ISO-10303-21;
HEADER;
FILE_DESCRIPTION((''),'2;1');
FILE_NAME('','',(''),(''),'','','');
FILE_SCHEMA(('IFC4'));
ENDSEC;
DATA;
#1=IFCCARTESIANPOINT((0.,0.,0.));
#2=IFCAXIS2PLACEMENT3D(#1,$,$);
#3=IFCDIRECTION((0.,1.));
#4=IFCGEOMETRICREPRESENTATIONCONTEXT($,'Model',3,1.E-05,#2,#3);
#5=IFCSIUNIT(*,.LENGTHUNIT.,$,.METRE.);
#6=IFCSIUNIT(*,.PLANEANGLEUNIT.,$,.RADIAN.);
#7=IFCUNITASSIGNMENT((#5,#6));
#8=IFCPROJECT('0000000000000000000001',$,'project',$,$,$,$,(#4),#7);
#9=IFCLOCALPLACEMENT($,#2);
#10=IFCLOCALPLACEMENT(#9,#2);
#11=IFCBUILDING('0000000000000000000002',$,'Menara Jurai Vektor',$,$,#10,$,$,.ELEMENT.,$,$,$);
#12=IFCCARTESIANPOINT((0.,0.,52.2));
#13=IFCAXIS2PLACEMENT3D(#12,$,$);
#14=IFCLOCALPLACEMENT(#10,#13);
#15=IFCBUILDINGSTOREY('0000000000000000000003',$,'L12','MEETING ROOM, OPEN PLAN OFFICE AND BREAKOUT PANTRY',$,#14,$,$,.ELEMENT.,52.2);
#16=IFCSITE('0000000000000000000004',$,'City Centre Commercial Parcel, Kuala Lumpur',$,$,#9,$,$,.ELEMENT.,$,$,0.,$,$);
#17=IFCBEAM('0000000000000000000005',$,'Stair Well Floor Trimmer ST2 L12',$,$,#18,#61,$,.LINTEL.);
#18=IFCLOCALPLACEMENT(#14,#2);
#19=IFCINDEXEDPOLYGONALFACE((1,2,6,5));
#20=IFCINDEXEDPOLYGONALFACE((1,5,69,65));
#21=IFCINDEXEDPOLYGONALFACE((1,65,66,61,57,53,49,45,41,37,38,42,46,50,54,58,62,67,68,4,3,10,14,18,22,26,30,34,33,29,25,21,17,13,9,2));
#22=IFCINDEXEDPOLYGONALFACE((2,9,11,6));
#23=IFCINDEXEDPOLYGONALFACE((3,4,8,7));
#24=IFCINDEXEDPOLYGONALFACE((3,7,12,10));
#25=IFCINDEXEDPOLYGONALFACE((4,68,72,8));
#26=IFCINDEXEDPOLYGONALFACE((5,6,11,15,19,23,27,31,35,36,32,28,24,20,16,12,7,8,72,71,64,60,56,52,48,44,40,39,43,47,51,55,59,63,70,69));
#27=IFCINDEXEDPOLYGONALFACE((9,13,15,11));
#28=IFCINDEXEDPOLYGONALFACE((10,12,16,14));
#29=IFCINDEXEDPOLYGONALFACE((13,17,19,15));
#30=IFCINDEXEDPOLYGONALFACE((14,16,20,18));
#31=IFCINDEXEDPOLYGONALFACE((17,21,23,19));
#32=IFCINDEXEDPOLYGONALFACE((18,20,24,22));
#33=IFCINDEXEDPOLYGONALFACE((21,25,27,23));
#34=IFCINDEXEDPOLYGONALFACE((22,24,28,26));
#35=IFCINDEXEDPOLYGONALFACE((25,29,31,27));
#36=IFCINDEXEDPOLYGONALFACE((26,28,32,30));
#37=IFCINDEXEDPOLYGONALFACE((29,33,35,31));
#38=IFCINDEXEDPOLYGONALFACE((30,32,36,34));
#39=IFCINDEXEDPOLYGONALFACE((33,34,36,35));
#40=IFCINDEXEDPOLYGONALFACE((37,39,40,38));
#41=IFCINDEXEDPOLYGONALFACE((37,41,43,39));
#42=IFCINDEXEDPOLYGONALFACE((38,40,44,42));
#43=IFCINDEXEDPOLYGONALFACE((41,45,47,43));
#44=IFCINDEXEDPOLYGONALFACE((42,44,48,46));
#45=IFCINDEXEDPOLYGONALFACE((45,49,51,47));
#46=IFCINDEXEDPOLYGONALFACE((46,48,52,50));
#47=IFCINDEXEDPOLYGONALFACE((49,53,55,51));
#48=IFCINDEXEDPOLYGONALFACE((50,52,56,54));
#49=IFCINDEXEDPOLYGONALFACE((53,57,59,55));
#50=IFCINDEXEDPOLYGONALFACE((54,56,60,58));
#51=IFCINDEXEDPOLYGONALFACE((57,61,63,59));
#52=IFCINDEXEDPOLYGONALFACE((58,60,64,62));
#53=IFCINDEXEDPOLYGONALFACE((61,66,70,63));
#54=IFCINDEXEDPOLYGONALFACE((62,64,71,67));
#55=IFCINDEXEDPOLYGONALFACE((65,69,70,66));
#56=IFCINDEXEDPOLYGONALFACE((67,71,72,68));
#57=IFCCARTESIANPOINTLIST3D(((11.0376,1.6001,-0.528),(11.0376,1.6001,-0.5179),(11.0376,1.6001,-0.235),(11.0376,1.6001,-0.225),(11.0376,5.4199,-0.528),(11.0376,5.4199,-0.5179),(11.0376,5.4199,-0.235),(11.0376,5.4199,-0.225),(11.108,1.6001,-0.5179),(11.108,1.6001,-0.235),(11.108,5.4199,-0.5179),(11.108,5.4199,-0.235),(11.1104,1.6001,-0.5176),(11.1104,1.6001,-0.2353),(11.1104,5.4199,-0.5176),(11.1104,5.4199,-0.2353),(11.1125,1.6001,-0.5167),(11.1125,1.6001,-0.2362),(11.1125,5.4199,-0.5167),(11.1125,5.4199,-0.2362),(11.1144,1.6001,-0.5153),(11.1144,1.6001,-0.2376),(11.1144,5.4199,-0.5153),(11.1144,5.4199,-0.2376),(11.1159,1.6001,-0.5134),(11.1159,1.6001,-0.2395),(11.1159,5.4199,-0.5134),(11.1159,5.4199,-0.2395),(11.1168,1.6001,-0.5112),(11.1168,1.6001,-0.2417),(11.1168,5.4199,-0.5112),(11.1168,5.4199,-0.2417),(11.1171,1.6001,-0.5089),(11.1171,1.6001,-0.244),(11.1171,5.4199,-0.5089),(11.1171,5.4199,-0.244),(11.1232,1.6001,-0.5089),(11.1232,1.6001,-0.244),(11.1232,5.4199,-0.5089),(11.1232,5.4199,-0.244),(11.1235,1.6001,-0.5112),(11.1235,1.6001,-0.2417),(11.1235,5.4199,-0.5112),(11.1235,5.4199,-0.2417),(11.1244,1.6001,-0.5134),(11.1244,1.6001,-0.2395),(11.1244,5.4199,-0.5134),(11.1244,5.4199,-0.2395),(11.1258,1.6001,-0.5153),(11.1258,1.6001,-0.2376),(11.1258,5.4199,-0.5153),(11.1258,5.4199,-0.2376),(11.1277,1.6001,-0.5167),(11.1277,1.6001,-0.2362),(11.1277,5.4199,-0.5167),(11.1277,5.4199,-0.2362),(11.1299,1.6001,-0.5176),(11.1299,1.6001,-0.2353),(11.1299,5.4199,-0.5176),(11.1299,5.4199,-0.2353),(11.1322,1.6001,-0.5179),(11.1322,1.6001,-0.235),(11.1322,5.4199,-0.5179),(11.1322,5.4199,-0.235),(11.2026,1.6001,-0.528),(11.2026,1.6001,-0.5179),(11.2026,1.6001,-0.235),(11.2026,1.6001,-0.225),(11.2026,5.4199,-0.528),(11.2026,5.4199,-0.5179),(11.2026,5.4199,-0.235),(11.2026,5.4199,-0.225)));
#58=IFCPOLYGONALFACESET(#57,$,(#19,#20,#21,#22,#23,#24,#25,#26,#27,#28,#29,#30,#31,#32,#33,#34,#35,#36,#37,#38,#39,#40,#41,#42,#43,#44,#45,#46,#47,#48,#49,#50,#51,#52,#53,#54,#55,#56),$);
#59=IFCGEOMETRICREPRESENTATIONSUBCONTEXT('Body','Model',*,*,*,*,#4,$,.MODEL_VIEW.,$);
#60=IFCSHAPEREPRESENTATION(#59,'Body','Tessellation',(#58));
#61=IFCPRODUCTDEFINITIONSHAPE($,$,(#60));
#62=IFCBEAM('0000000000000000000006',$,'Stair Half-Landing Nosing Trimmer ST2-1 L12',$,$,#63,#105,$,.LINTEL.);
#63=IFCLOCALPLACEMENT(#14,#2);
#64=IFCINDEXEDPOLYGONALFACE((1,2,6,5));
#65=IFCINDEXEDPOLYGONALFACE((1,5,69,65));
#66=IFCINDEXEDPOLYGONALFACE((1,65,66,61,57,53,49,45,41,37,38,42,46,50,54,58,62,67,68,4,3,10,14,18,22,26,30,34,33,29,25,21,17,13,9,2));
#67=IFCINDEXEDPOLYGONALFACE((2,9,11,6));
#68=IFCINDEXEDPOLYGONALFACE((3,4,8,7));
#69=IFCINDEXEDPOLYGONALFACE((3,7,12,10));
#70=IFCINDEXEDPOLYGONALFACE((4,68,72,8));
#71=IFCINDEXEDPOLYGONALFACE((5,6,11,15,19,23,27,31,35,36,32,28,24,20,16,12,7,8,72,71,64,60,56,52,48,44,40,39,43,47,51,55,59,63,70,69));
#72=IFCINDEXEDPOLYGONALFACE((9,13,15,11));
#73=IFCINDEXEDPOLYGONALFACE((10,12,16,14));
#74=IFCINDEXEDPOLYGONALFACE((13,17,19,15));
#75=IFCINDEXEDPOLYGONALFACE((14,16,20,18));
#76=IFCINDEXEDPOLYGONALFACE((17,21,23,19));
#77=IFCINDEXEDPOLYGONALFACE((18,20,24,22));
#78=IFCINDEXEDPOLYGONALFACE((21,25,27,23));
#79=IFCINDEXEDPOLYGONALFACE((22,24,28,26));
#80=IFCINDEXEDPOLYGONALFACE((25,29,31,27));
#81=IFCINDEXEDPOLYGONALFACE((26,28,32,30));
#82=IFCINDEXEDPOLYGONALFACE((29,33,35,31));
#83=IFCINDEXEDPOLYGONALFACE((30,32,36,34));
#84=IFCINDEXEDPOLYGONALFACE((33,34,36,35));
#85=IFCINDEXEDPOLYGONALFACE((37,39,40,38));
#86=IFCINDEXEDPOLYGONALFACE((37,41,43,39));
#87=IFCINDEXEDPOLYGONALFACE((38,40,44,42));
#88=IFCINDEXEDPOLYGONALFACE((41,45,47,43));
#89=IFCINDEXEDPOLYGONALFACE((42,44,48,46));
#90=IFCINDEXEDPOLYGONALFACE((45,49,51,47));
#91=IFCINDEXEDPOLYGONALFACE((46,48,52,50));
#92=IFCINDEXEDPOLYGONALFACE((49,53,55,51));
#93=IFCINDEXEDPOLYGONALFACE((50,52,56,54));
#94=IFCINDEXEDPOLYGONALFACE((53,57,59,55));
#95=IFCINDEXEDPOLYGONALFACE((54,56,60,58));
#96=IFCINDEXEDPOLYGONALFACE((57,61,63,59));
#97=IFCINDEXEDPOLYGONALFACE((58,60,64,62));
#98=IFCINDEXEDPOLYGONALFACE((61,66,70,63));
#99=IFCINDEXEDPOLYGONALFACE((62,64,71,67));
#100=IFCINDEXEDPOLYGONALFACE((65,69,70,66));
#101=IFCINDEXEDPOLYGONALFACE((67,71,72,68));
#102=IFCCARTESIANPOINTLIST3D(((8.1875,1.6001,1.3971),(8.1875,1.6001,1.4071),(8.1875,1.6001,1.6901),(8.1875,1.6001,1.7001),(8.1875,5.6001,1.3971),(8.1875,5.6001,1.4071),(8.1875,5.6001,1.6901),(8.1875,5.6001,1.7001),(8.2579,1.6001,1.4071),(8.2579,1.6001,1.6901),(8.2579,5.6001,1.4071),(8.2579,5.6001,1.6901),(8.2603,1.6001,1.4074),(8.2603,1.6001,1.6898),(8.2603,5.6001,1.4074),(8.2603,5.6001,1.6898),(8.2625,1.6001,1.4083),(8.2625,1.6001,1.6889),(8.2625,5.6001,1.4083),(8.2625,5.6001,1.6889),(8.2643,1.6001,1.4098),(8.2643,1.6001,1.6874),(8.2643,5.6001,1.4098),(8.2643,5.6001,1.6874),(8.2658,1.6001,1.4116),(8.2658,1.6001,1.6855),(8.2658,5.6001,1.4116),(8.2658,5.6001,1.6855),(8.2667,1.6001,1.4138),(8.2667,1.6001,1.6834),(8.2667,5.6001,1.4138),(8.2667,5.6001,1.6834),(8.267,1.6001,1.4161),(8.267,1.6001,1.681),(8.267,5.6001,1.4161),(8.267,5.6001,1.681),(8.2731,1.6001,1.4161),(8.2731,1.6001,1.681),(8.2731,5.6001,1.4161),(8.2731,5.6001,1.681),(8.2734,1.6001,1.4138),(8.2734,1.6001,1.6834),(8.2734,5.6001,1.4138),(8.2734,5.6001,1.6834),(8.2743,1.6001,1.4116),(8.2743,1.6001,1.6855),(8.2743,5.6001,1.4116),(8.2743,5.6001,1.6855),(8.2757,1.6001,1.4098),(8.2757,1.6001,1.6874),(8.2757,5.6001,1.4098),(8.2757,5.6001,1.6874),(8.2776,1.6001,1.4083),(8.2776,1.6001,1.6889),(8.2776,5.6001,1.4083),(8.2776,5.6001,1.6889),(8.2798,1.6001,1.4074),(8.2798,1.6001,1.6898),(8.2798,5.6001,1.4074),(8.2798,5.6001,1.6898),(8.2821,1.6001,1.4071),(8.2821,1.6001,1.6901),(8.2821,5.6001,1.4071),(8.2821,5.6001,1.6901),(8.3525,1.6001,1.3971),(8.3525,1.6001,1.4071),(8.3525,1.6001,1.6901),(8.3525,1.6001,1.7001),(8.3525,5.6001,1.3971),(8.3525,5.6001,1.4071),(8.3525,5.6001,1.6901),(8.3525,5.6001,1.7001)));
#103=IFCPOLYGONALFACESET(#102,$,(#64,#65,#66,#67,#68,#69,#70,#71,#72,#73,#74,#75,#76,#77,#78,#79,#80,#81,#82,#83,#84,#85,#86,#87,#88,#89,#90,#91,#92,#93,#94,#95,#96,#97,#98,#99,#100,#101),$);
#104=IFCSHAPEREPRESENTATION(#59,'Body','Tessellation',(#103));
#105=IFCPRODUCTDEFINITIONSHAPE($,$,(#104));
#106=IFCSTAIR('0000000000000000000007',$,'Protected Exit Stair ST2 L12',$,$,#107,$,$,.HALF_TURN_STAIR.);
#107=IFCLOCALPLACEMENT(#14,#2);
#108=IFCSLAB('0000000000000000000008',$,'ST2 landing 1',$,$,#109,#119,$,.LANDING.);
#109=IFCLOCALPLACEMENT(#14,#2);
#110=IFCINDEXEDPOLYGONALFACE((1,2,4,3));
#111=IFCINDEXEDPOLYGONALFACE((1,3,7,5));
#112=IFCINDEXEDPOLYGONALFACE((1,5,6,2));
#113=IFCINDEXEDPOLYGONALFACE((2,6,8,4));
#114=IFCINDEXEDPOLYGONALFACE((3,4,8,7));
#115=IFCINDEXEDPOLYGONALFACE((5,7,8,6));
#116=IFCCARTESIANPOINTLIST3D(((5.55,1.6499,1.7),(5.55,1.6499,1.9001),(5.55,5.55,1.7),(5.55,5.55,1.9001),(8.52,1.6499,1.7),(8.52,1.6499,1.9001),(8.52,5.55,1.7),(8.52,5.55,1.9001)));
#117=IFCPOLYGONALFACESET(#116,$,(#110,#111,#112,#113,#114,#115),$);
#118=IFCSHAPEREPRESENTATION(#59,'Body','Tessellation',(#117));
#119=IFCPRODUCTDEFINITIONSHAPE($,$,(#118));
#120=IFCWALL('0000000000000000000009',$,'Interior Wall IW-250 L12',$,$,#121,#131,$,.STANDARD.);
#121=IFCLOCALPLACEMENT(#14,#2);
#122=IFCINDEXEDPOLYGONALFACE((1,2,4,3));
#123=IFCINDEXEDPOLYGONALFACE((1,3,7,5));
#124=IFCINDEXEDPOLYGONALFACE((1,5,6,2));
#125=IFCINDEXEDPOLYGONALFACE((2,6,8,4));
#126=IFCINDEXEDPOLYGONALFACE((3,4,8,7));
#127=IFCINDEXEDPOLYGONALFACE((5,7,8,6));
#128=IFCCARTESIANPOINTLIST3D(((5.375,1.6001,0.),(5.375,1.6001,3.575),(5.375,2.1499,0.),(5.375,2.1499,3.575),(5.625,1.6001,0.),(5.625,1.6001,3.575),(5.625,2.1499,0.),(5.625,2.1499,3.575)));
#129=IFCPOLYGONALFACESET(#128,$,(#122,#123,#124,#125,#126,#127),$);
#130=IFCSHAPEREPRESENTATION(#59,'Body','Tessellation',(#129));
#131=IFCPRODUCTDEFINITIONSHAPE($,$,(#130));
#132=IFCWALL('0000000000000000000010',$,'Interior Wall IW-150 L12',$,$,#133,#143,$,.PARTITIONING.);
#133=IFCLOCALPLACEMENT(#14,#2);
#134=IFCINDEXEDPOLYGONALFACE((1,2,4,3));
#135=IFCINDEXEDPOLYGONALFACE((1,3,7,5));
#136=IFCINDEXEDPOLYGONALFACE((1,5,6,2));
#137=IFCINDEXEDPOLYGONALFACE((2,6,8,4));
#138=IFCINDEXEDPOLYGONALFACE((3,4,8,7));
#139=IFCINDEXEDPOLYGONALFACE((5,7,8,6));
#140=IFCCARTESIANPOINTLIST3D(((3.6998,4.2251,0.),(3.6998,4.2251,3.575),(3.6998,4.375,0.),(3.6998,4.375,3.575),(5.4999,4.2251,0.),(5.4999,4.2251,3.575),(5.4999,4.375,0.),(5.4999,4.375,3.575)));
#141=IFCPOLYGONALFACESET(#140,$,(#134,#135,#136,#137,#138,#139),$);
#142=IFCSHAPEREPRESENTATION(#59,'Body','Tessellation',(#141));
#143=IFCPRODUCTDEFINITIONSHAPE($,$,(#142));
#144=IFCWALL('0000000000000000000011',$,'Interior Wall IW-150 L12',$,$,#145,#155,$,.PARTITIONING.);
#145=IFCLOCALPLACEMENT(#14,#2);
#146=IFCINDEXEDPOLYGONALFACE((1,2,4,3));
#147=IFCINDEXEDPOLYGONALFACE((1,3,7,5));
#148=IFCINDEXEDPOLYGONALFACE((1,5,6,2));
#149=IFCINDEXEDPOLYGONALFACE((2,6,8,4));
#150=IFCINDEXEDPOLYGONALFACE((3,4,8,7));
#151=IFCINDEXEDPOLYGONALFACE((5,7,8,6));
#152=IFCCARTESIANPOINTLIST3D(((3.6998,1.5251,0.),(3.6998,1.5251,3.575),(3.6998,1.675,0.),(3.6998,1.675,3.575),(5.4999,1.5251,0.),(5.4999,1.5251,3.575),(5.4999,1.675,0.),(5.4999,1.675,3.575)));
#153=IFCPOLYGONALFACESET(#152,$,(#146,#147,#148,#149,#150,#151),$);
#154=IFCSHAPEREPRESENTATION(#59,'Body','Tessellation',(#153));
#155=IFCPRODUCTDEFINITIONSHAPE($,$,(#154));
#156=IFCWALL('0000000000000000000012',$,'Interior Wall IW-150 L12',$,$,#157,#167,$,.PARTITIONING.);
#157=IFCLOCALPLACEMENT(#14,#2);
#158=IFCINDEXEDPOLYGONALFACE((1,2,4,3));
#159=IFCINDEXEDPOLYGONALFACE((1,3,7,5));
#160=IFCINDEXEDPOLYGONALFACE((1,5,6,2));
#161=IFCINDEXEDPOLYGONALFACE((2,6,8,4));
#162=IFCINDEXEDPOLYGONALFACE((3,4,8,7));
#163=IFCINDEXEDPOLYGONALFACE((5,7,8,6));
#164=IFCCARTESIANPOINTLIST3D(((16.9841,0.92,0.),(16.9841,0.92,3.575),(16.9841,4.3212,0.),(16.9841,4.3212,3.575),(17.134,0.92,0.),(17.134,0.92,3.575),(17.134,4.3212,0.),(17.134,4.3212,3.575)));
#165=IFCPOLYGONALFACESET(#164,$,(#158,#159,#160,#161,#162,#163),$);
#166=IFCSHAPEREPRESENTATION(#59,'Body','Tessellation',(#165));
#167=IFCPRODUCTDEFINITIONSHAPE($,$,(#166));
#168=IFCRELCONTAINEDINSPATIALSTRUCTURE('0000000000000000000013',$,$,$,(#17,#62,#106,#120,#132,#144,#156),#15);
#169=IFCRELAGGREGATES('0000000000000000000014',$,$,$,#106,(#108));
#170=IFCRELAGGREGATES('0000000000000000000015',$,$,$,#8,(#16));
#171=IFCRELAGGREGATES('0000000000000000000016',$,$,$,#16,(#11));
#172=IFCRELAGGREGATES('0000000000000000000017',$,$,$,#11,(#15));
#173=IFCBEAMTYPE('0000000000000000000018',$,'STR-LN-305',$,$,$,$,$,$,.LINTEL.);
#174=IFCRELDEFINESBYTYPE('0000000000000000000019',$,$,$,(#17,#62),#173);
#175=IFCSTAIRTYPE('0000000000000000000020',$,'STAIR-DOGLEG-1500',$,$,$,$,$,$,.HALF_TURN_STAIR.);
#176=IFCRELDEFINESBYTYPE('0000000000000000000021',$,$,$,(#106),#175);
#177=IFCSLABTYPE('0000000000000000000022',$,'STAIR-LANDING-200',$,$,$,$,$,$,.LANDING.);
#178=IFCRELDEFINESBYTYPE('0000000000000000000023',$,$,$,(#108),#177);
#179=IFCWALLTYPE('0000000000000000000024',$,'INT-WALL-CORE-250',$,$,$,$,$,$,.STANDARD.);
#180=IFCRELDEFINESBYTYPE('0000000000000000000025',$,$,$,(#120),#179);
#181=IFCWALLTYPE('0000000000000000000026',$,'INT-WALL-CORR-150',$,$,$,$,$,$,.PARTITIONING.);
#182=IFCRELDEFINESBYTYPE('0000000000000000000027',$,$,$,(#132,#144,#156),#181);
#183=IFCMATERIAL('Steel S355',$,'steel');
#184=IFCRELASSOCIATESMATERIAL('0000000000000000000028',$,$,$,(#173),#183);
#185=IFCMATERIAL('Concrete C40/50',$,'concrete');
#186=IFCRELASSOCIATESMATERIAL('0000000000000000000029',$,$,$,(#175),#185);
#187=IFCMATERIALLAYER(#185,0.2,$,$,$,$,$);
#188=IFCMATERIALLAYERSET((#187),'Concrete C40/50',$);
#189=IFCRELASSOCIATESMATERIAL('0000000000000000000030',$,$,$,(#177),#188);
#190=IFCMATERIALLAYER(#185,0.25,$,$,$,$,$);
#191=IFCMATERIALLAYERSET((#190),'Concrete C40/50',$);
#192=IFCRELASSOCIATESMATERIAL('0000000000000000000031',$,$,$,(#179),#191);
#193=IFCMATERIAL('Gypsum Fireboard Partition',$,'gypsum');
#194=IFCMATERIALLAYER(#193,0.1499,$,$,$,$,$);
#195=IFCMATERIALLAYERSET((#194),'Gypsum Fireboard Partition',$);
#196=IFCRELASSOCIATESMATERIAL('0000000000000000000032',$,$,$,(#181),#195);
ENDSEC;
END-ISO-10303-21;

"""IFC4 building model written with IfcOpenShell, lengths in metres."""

from ifc_helpers import new_model, si_unit, direction, frame, frame_2d, origin, origin_2d, place, context, subcontext, project, spatial, polyline, rectangle, i_section, outline, extrude, material, layer, layer_set, material_profile, profile_set, type_object, element, aggregate, save


model = new_model("IFC4")

# Units and contexts
model_context = context("Model", 3, precision=1e-05, world=origin(), true_north=direction((0.0, 1.0)))
body_context = subcontext(model_context, "Body", "Model", "MODEL_VIEW")
ifc_project = project(units=[si_unit("LENGTHUNIT", "METRE"), si_unit("PLANEANGLEUNIT", "RADIAN")], contexts=[model_context])

# Site, building, storey
site_placement = place(None, origin())
site = spatial("IfcSite", under=ifc_project, at=site_placement, Name="City Centre Commercial Parcel, Kuala Lumpur", CompositionType="ELEMENT", RefElevation=0.0)
building_placement = place(site_placement, origin())
building = spatial("IfcBuilding", under=site, at=building_placement, Name="Menara Jurai Vektor", CompositionType="ELEMENT")
storey_placement = place(building_placement, frame((0.0, 0.0, 52.2)))
storey = spatial("IfcBuildingStorey", under=building, at=storey_placement, Name="L12", Description="MEETING ROOM, OPEN PLAN OFFICE AND BREAKOUT PANTRY", CompositionType="ELEMENT", Elevation=52.2)

# Shared definitions
ifc_material_1 = material(Name="Steel S355", Category="steel")

# Beams
ifc_material_profile_1 = material_profile(ifc_material_1, i_section(OverallWidth=0.165, OverallDepth=0.303, WebThickness=0.0061, FlangeThickness=0.01, FilletRadius=0.009, at=origin_2d()), Name="UKB 305x165x40")
ifc_profile_set_1 = profile_set([ifc_material_profile_1], Name="Steel S355")
beam_type_1 = type_object("IfcBeamType", Name="STR-LN-305", PredefinedType="LINTEL", material=ifc_profile_set_1)
beam_1_placement = place(storey_placement, frame((11.1201, 1.6001, -0.3765), z_axis=(0.0, 1.0, 0.0), x_axis=(-1.0, 0.0, 0.0)))
element("IfcBeam", 1, at=beam_1_placement, inside=storey, type_object=beam_type_1, Name="Stair Well Floor Trimmer ST2 L12", PredefinedType="LINTEL", context=body_context, shape_type="SweptSolid", body=[
    extrude(i_section(OverallWidth=0.165, OverallDepth=0.303, WebThickness=0.0061, FlangeThickness=0.01, FilletRadius=0.009, at=origin_2d()), origin(), (0.0, 0.0, 1.0), 3.8198),
])
beam_2_placement = place(storey_placement, frame((8.27, 1.6001, 1.5486), z_axis=(0.0, 1.0, 0.0), x_axis=(-1.0, 0.0, 0.0)))
element("IfcBeam", 2, at=beam_2_placement, inside=storey, type_object=beam_type_1, Name="Stair Half-Landing Nosing Trimmer ST2-1 L12", PredefinedType="LINTEL", context=body_context, shape_type="SweptSolid", body=[
    extrude(i_section(OverallWidth=0.165, OverallDepth=0.303, WebThickness=0.0061, FlangeThickness=0.01, FilletRadius=0.009, at=origin_2d()), origin(), (0.0, 0.0, 1.0), 4.0),
])

# Stair, slab
ifc_material_2 = material(Name="Concrete C40/50", Category="concrete")
stair_type = type_object("IfcStairType", Name="STAIR-DOGLEG-1500", PredefinedType="HALF_TURN_STAIR", material=ifc_material_2)
stair_placement = place(storey_placement, origin())
stair = element("IfcStair", 3, at=stair_placement, inside=storey, type_object=stair_type, Name="Protected Exit Stair ST2 L12", PredefinedType="HALF_TURN_STAIR")
ifc_layer_1 = layer(ifc_material_2, 0.2)
ifc_layer_set_1 = layer_set([ifc_layer_1], Name="Concrete C40/50")
slab_type = type_object("IfcSlabType", Name="STAIR-LANDING-200", PredefinedType="LANDING", material=ifc_layer_set_1)
slab_placement = place(storey_placement, frame((0.0, 0.0, 1.7)))
slab = element("IfcSlab", 4, at=slab_placement, type_object=slab_type, Name="ST2 landing 1", PredefinedType="LANDING", context=body_context, shape_type="SweptSolid", body=[
    extrude(outline(polyline([(5.55, 1.6499), (8.52, 1.6499), (8.52, 5.55), (5.55, 5.55), (5.55, 1.6499)])), origin(), (0.0, 0.0, 1.0), 0.2002),
])

# Shared definitions
ifc_layer_2 = layer(ifc_material_2, 0.25)
ifc_layer_set_2 = layer_set([ifc_layer_2], Name="Concrete C40/50")
wall_type_1 = type_object("IfcWallType", Name="INT-WALL-CORE-250", PredefinedType="STANDARD", material=ifc_layer_set_2)

# Walls
wall_1_placement = place(storey_placement, frame((5.5, 1.6001, 0.0), z_axis=(0.0, 0.0, 1.0), x_axis=(0.0, 1.0, 0.0)))
element("IfcWall", 5, at=wall_1_placement, inside=storey, type_object=wall_type_1, Name="Interior Wall IW-250 L12", PredefinedType="STANDARD", context=body_context, shape_type="SweptSolid", body=[
    extrude(rectangle(XDim=0.5498, YDim=0.25, at=frame_2d((0.2749, 0.0))), origin(), (0.0, 0.0, 1.0), 3.575),
])
ifc_material_3 = material(Name="Gypsum Fireboard Partition", Category="gypsum")
ifc_layer_3 = layer(ifc_material_3, 0.1499)
ifc_layer_set_3 = layer_set([ifc_layer_3], Name="Gypsum Fireboard Partition")
wall_type_2 = type_object("IfcWallType", Name="INT-WALL-CORR-150", PredefinedType="PARTITIONING", material=ifc_layer_set_3)
for number, where, z_axis, x_axis, name in (
    (6, (3.7, 4.3, 0.0), (0.0, 0.0, 1.0), (1.0, 0.0, 0.0), "Interior Wall IW-150 L12"),
    (7, (3.7, 1.6001, 0.0), (0.0, 0.0, 1.0), (1.0, 0.0, 0.0), "Interior Wall IW-150 L12"),
):
    element("IfcWall", number, at=place(storey_placement, frame(where, z_axis=z_axis, x_axis=x_axis)), inside=storey, type_object=wall_type_2, Name=name, PredefinedType="PARTITIONING", context=body_context, shape_type="SweptSolid", body=[
        extrude(rectangle(XDim=1.8, YDim=0.1499, at=frame_2d((0.8999, 0.0))), origin(), (0.0, 0.0, 1.0), 3.575),
    ])
wall_2_placement = place(storey_placement, frame((17.0591, 0.9199, 0.0), z_axis=(0.0, 0.0, 1.0), x_axis=(0.0, 1.0, 0.0)))
element("IfcWall", 8, at=wall_2_placement, inside=storey, type_object=wall_type_2, Name="Interior Wall IW-150 L12", PredefinedType="PARTITIONING", context=body_context, shape_type="SweptSolid", body=[
    extrude(rectangle(XDim=3.4011, YDim=0.1499, at=frame_2d((1.7007, 0.0))), origin(), (0.0, 0.0, 1.0), 3.575),
])

aggregate(stair, [slab])

save(model, "model.ifc")
